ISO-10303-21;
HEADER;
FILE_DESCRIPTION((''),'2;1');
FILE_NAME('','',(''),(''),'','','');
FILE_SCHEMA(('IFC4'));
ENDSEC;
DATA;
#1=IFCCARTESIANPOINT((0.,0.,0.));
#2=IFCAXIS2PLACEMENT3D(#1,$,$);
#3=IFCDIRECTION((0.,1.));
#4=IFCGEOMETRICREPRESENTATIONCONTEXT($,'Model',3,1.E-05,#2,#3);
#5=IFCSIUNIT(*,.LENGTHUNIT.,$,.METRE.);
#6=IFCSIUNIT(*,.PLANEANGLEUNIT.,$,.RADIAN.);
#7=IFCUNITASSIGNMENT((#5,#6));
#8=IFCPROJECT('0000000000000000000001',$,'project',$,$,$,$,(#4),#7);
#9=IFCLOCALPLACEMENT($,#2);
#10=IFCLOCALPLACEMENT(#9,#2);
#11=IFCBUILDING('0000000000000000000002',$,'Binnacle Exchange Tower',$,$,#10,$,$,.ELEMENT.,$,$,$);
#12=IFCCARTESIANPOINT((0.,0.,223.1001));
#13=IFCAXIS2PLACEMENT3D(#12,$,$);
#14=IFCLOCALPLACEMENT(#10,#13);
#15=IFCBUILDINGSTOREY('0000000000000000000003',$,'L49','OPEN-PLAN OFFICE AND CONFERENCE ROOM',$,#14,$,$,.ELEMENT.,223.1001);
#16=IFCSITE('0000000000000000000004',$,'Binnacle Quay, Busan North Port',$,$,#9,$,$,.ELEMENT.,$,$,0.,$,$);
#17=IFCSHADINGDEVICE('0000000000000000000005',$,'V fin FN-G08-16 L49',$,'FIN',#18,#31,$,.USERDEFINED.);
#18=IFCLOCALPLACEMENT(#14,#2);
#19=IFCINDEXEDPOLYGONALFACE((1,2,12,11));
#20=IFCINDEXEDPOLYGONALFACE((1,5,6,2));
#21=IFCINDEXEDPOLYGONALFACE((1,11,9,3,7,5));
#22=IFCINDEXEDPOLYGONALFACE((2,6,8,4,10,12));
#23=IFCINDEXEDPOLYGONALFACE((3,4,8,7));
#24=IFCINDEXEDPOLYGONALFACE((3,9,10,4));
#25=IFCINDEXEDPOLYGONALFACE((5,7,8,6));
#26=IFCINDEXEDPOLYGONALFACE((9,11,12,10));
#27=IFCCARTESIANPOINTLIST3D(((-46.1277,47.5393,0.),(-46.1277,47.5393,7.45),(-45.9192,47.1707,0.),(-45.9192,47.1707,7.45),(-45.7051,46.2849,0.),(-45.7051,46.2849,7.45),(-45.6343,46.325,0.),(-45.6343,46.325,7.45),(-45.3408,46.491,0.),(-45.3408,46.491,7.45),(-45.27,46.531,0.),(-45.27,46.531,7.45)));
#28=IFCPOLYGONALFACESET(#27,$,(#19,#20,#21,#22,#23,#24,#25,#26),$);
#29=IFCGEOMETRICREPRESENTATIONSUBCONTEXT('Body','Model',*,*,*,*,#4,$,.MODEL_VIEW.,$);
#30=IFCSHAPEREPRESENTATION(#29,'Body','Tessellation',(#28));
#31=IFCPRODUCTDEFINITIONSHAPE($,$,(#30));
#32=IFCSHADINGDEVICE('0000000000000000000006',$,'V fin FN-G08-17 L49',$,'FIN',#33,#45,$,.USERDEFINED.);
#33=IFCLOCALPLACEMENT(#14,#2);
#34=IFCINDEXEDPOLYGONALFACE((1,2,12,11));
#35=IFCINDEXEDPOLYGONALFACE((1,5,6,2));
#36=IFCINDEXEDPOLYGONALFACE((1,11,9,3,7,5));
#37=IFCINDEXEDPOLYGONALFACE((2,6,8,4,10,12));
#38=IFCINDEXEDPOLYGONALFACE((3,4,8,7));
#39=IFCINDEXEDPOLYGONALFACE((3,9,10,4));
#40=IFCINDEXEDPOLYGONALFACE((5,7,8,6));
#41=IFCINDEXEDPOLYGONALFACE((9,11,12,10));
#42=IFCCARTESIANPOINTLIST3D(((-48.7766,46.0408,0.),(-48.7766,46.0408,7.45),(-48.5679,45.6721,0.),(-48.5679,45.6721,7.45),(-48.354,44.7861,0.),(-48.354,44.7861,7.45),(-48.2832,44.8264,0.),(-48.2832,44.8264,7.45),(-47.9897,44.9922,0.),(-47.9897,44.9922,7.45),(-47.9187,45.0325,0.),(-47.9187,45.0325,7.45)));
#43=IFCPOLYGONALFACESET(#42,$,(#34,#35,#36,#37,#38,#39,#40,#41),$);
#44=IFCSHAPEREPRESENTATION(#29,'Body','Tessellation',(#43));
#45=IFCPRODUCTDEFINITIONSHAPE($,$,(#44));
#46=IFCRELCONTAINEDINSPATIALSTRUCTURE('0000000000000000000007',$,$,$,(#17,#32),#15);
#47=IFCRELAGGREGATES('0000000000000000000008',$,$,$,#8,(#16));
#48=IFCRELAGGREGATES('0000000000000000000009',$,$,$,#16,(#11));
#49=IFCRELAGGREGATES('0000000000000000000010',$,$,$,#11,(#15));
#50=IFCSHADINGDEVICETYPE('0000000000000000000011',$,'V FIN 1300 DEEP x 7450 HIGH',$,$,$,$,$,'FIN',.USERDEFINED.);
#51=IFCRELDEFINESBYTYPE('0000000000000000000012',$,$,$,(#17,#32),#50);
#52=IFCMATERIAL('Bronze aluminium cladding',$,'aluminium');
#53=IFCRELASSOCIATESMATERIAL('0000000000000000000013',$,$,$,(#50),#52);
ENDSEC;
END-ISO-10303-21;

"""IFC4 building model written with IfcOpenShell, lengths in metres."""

from ifc_helpers import new_model, si_unit, direction, frame, origin, place, context, subcontext, project, spatial, polyline, outline, extrude, material, type_object, element, save


model = new_model("IFC4")

# Units and contexts
model_context = context("Model", 3, precision=1e-05, world=origin(), true_north=direction((0.0, 1.0)))
body_context = subcontext(model_context, "Body", "Model", "MODEL_VIEW")
ifc_project = project(units=[si_unit("LENGTHUNIT", "METRE"), si_unit("PLANEANGLEUNIT", "RADIAN")], contexts=[model_context])

# Site, building, storey
site_placement = place(None, origin())
site = spatial("IfcSite", under=ifc_project, at=site_placement, Name="Binnacle Quay, Busan North Port", CompositionType="ELEMENT", RefElevation=0.0)
building_placement = place(site_placement, origin())
building = spatial("IfcBuilding", under=site, at=building_placement, Name="Binnacle Exchange Tower", CompositionType="ELEMENT")
storey_placement = place(building_placement, frame((0.0, 0.0, 223.1001)))
storey = spatial("IfcBuildingStorey", under=building, at=storey_placement, Name="L49", Description="OPEN-PLAN OFFICE AND CONFERENCE ROOM", CompositionType="ELEMENT", Elevation=223.1001)

# Shading devices
ifc_material_1 = material(Name="Bronze aluminium cladding", Category="aluminium")
shading_device_type = type_object("IfcShadingDeviceType", Name="V FIN 1300 DEEP x 7450 HIGH", ElementType="FIN", PredefinedType="USERDEFINED", material=ifc_material_1)
shading_device_1_placement = place(storey_placement, origin())
element("IfcShadingDevice", 1, at=shading_device_1_placement, inside=storey, type_object=shading_device_type, Name="V fin FN-G08-16 L49", ObjectType="FIN", PredefinedType="USERDEFINED", context=body_context, shape_type="SweptSolid", body=[
    extrude(outline(polyline([(-45.27, 46.531), (-46.1277, 47.5393), (-45.7051, 46.2849), (-45.6343, 46.325), (-45.9192, 47.1707), (-45.3408, 46.491), (-45.27, 46.531)])), origin(), (0.0, 0.0, 1.0), 7.45),
])
shading_device_2_placement = place(storey_placement, origin())
element("IfcShadingDevice", 2, at=shading_device_2_placement, inside=storey, type_object=shading_device_type, Name="V fin FN-G08-17 L49", ObjectType="FIN", PredefinedType="USERDEFINED", context=body_context, shape_type="SweptSolid", body=[
    extrude(outline(polyline([(-47.9187, 45.0325), (-48.7766, 46.0408), (-48.354, 44.7861), (-48.2832, 44.8264), (-48.5679, 45.6721), (-47.9897, 44.9922), (-47.9187, 45.0325)])), origin(), (0.0, 0.0, 1.0), 7.45),
])

save(model, "model.ifc")
